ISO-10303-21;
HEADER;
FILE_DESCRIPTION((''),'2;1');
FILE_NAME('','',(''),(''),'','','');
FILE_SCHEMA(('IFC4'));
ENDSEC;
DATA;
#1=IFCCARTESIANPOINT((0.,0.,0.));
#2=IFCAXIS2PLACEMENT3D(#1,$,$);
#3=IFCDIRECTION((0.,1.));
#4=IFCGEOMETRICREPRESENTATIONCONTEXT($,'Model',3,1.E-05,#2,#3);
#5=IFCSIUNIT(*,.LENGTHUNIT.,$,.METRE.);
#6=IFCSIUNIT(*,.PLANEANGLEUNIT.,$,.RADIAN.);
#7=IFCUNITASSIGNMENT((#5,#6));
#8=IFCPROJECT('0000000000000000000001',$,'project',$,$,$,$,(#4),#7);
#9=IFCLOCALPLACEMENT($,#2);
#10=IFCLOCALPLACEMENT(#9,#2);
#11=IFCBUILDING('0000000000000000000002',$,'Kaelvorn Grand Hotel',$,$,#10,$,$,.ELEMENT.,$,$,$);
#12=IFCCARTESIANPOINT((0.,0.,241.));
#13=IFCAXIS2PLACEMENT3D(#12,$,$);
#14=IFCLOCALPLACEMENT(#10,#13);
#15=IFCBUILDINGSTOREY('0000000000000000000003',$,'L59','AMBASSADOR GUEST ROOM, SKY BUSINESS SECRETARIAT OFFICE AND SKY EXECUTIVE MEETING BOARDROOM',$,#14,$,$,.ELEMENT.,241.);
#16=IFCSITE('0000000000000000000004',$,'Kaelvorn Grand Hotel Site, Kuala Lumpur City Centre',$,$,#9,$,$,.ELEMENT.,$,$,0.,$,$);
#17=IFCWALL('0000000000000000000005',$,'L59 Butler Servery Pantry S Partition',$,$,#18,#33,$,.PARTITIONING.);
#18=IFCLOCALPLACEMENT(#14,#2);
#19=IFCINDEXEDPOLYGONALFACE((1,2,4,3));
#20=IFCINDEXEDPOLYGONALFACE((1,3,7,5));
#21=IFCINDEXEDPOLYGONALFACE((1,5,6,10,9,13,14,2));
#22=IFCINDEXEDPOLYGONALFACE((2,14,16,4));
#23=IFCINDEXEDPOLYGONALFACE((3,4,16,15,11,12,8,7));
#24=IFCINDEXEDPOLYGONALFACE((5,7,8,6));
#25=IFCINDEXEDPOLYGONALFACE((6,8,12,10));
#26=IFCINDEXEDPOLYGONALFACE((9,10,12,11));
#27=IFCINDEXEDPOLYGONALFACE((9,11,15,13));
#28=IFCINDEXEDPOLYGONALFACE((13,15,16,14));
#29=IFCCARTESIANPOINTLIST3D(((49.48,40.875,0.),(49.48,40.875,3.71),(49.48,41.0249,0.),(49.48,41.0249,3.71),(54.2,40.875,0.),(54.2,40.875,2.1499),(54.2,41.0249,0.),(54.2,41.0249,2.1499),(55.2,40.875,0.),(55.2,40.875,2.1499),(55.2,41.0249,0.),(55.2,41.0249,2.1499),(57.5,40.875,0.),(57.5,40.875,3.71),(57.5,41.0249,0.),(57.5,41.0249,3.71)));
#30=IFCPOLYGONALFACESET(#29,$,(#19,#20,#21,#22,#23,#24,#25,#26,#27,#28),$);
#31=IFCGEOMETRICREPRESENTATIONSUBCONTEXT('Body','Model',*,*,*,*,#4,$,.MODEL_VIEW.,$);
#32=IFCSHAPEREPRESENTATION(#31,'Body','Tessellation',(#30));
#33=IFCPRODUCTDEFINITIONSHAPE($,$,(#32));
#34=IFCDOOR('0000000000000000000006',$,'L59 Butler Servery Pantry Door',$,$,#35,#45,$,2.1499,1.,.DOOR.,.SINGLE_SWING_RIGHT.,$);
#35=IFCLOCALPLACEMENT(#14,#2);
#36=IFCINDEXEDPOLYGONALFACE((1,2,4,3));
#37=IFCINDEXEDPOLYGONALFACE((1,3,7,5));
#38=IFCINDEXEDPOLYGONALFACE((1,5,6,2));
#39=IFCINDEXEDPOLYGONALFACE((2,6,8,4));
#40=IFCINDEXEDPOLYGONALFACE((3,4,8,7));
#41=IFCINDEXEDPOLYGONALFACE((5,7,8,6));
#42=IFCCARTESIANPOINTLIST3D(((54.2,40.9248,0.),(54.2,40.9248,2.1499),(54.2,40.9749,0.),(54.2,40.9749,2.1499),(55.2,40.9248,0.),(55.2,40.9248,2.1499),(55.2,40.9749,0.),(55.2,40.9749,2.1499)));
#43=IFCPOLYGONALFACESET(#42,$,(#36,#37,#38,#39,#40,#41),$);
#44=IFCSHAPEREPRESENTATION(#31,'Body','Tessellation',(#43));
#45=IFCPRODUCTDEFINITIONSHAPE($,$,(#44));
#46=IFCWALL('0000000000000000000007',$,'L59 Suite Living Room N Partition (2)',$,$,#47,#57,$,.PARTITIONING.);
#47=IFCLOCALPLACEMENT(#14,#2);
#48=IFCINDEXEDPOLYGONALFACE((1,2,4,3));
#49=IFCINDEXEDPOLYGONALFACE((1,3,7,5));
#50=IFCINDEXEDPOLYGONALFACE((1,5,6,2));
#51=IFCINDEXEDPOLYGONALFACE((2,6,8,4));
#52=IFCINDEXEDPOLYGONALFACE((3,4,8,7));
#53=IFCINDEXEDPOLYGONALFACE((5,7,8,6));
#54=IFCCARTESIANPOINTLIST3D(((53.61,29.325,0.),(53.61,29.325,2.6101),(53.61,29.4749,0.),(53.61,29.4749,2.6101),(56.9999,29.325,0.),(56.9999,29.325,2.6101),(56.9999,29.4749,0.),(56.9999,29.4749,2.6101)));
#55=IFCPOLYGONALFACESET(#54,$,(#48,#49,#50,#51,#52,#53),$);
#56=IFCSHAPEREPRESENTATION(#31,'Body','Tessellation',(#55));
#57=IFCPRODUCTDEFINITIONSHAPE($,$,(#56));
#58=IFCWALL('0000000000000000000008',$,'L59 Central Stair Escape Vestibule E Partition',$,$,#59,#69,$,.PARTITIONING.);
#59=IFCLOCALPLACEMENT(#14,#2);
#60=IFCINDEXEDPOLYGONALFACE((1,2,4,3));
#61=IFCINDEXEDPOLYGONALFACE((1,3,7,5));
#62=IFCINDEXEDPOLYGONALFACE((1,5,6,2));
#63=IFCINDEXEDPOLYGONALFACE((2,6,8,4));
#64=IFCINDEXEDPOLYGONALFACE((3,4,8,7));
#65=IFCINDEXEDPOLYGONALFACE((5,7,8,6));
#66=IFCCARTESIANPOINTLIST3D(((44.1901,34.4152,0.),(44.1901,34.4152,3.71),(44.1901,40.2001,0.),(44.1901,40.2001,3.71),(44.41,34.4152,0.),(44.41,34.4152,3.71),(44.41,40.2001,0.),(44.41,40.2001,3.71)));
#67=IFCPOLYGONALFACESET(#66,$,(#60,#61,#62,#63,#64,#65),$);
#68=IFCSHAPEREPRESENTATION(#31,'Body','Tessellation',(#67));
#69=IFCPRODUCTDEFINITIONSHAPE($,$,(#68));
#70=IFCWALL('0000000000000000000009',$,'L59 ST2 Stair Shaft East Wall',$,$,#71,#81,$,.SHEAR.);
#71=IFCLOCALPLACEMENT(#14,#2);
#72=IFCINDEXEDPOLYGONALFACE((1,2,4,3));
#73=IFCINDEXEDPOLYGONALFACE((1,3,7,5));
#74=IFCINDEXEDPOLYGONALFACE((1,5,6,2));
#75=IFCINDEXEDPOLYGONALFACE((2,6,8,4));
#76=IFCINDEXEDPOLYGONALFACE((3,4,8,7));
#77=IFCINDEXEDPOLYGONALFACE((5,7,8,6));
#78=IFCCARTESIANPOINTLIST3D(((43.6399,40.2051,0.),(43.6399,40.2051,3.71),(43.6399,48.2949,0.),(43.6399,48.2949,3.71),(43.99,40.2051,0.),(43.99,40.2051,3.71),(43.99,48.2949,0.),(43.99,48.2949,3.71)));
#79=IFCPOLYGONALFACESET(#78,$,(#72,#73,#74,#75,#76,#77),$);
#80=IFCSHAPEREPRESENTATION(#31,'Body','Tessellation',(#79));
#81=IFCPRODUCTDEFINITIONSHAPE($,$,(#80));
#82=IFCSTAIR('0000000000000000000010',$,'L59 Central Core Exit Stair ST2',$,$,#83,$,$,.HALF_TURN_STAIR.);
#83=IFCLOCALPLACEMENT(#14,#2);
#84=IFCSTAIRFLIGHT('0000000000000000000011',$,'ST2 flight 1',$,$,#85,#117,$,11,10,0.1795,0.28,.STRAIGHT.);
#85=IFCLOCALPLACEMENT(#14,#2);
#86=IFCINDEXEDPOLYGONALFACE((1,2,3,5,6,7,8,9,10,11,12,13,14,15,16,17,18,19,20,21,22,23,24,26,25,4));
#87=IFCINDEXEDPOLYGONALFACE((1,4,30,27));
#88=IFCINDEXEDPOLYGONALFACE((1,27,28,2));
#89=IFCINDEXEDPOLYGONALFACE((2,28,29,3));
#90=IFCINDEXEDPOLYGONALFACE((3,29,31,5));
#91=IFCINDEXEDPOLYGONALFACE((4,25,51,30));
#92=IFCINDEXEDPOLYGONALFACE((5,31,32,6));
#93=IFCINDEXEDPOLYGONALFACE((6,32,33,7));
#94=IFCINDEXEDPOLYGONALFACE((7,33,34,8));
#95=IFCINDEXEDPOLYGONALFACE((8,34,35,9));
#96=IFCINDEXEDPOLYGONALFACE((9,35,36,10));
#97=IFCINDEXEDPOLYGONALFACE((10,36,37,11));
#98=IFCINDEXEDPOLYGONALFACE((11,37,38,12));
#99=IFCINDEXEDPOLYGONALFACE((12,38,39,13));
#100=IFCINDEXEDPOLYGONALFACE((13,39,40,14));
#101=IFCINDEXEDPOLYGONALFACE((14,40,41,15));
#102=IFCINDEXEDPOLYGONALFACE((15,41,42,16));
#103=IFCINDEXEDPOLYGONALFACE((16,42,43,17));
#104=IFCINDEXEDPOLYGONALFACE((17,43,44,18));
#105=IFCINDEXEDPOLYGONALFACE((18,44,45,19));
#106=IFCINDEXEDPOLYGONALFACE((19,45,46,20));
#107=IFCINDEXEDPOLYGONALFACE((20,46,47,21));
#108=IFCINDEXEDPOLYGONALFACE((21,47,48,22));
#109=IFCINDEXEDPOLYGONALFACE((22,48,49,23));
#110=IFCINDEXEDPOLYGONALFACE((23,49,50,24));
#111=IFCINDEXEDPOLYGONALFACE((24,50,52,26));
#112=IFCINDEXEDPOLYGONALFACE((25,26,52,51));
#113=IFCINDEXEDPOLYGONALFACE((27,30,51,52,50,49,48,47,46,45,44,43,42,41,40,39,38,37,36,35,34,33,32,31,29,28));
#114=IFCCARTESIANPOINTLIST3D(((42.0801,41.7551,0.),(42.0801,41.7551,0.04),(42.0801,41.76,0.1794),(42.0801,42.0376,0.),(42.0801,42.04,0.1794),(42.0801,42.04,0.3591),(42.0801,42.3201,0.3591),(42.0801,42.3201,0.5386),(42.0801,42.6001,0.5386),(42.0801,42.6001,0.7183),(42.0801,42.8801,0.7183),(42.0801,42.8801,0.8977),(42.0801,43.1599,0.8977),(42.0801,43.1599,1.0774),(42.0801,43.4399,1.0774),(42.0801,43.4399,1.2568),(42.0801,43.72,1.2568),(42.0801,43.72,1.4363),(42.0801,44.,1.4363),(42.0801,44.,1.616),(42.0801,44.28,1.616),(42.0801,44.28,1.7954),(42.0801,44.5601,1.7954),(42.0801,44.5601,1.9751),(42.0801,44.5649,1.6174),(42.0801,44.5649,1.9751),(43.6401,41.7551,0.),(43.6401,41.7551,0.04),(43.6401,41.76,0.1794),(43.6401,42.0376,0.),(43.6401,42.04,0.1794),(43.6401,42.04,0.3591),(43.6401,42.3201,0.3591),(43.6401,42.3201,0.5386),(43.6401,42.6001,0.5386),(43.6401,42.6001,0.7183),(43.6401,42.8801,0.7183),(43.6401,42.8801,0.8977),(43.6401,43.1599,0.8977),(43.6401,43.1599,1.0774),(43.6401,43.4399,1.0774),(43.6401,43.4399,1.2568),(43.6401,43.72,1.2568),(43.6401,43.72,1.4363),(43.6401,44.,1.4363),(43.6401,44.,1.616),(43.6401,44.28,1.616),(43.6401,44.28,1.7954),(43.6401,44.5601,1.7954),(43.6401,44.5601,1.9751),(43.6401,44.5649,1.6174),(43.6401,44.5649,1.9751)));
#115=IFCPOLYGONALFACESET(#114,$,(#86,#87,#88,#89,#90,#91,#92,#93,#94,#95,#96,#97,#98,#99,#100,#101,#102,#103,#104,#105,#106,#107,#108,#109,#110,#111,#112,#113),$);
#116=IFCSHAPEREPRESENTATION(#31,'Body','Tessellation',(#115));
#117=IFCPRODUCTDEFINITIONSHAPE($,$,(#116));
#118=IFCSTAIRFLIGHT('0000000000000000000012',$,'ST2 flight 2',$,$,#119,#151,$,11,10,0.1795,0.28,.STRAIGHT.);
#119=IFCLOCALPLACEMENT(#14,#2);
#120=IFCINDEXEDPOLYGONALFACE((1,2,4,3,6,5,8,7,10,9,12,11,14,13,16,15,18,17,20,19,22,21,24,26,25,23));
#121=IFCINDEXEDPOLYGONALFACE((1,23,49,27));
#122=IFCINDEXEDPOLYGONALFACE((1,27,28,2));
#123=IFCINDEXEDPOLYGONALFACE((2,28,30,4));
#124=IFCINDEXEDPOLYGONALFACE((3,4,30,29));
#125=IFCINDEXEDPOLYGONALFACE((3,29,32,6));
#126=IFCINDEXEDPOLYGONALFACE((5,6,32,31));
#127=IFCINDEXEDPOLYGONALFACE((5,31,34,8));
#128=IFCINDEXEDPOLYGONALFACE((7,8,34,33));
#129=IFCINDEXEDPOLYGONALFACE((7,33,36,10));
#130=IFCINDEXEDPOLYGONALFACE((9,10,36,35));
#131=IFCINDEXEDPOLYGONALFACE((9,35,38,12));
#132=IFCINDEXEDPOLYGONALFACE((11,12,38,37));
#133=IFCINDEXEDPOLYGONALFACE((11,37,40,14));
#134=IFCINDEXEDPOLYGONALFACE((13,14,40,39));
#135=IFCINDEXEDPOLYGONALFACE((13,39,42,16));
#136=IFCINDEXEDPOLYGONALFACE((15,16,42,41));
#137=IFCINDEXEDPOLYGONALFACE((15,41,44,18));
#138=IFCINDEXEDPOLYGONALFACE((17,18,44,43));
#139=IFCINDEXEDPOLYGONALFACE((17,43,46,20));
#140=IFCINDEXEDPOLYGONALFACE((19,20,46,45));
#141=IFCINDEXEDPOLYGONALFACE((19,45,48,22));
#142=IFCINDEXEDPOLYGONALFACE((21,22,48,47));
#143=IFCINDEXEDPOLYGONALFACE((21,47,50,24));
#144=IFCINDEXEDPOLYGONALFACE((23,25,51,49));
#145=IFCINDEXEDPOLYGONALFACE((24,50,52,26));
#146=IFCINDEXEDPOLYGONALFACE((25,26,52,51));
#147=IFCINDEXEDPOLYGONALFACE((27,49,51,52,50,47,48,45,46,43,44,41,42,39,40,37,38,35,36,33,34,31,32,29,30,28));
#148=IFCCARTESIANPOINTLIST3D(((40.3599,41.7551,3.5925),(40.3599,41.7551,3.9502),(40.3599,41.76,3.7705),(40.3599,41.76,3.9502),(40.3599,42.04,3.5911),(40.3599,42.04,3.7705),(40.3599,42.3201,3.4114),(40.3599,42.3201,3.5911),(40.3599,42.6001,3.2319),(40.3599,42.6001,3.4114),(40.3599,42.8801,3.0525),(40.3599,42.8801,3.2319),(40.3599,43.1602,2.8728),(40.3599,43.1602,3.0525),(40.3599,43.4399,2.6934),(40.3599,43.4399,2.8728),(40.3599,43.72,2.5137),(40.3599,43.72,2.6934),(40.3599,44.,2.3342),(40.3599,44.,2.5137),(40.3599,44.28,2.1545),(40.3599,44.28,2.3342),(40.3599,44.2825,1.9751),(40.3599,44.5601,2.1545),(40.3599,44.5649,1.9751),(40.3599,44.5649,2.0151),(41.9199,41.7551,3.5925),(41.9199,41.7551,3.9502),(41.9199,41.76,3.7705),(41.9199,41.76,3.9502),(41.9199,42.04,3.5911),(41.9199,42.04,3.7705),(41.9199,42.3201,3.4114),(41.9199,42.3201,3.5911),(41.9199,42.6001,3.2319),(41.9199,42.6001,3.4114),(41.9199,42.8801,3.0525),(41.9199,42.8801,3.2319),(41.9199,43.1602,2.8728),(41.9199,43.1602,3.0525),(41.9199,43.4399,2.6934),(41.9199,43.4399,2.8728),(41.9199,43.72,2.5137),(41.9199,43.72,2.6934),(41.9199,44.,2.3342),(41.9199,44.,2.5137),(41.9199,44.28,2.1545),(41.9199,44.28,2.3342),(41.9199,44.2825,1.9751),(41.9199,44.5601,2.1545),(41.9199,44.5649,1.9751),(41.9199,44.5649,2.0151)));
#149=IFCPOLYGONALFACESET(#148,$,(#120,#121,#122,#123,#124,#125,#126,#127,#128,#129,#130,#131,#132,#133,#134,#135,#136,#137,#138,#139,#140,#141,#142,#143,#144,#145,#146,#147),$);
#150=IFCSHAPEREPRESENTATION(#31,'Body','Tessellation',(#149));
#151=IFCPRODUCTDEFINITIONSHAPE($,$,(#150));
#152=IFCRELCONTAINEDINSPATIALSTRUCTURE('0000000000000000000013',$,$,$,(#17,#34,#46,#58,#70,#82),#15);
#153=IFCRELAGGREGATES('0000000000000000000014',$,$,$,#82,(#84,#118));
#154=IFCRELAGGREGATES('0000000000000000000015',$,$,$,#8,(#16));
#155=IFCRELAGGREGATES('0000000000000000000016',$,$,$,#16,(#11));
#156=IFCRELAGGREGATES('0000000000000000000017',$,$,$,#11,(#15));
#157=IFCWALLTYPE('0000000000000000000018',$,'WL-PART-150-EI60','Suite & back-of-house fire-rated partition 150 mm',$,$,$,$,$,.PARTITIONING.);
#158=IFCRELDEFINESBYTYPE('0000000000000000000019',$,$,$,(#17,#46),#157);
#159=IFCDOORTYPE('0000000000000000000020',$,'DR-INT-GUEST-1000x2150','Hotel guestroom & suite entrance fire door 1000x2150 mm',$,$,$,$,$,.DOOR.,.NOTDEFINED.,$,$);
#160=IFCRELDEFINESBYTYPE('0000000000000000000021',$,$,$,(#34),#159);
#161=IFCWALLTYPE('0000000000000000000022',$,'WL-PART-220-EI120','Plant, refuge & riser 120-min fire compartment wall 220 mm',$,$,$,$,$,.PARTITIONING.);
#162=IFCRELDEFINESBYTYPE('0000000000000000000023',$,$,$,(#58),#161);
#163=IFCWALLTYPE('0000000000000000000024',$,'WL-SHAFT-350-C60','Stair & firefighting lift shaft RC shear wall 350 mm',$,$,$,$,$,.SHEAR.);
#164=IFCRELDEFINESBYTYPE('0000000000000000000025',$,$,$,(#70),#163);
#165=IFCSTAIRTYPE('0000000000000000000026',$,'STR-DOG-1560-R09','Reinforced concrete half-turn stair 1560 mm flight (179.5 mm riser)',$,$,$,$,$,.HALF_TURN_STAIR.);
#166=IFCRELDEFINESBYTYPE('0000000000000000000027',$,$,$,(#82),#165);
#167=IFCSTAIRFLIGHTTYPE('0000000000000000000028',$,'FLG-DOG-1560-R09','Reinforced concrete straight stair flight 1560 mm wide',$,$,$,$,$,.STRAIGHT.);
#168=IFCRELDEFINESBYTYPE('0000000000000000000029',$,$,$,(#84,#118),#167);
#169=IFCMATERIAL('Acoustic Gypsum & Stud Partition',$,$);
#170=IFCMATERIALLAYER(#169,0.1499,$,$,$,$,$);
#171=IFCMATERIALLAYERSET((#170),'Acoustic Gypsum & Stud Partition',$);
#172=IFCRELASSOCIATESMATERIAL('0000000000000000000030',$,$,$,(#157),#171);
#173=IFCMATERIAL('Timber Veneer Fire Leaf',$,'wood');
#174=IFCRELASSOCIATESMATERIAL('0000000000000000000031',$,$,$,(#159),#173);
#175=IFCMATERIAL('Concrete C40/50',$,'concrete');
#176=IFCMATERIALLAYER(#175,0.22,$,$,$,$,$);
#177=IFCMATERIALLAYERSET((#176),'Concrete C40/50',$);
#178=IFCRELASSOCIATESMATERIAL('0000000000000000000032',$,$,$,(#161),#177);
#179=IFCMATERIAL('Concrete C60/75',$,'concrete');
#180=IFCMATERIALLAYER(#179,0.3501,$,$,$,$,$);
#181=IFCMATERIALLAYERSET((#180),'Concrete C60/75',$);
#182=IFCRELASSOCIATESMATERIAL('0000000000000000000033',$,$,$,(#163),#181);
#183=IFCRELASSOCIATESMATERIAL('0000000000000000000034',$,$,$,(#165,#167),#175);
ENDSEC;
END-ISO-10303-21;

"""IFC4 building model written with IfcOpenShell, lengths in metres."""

from ifc_helpers import new_model, si_unit, direction, frame, frame_2d, origin, place, context, subcontext, project, spatial, polyline, rectangle, outline, extrude, material, layer, layer_set, type_object, element, fill, aggregate, save


model = new_model("IFC4")

# Units and contexts
model_context = context("Model", 3, precision=1e-05, world=origin(), true_north=direction((0.0, 1.0)))
body_context = subcontext(model_context, "Body", "Model", "MODEL_VIEW")
ifc_project = project(units=[si_unit("LENGTHUNIT", "METRE"), si_unit("PLANEANGLEUNIT", "RADIAN")], contexts=[model_context])

# Site, building, storey
site_placement = place(None, origin())
site = spatial("IfcSite", under=ifc_project, at=site_placement, Name="Kaelvorn Grand Hotel Site, Kuala Lumpur City Centre", CompositionType="ELEMENT", RefElevation=0.0)
building_placement = place(site_placement, origin())
building = spatial("IfcBuilding", under=site, at=building_placement, Name="Kaelvorn Grand Hotel", CompositionType="ELEMENT")
storey_placement = place(building_placement, frame((0.0, 0.0, 241.0)))
storey = spatial("IfcBuildingStorey", under=building, at=storey_placement, Name="L59", Description="AMBASSADOR GUEST ROOM, SKY BUSINESS SECRETARIAT OFFICE AND SKY EXECUTIVE MEETING BOARDROOM", CompositionType="ELEMENT", Elevation=241.0)

# Shared definitions
ifc_material_1 = material(Name="Acoustic Gypsum & Stud Partition")
ifc_layer_1 = layer(ifc_material_1, 0.1499)
ifc_layer_set_1 = layer_set([ifc_layer_1], Name="Acoustic Gypsum & Stud Partition")
wall_type_1 = type_object("IfcWallType", Name="WL-PART-150-EI60", Description="Suite & back-of-house fire-rated partition 150 mm", PredefinedType="PARTITIONING", material=ifc_layer_set_1)
ifc_material_2 = material(Name="Timber Veneer Fire Leaf", Category="wood")
door_type_1 = type_object("IfcDoorType", Name="DR-INT-GUEST-1000x2150", Description="Hotel guestroom & suite entrance fire door 1000x2150 mm", OperationType="NOTDEFINED", PredefinedType="DOOR", material=ifc_material_2)

# Wall, opening, door
wall_1_placement = place(storey_placement, frame((49.48, 40.95, 0.0), z_axis=(0.0, 0.0, 1.0), x_axis=(1.0, 0.0, 0.0)))
wall_1 = element("IfcWall", 1, at=wall_1_placement, inside=storey, type_object=wall_type_1, Name="L59 Butler Servery Pantry S Partition", PredefinedType="PARTITIONING", context=body_context, shape_type="SweptSolid", body=[
    extrude(rectangle(XDim=8.02, YDim=0.1499, at=frame_2d((4.01, 0.0))), origin(), (0.0, 0.0, 1.0), 3.71),
])
opening_1_placement = place(wall_1_placement, frame((4.72, 0.0, 0.0)))
opening_1 = element("IfcOpeningElement", 2, at=opening_1_placement, cuts=wall_1, PredefinedType="OPENING", context=body_context, shape_type="SweptSolid", body=[
    extrude(rectangle(XDim=1.0, YDim=2.1499, at=frame_2d((0.5, 1.075))), frame((0.0, 0.085, 0.0), z_axis=(0.0, -1.0, 0.0), x_axis=(1.0, 0.0, 0.0)), (0.0, 0.0, 1.0), 0.1699),
])
door_1_placement = place(opening_1_placement, origin())
door_1 = element("IfcDoor", 3, at=door_1_placement, inside=storey, type_object=door_type_1, Name="L59 Butler Servery Pantry Door", OperationType="SINGLE_SWING_RIGHT", OverallHeight=2.1499, OverallWidth=1.0, PredefinedType="DOOR", context=body_context, shape_type="SweptSolid", body=[
    extrude(rectangle(XDim=1.0, YDim=2.1499, at=frame_2d((0.5, 1.075))), frame((0.0, 0.0249, 0.0), z_axis=(0.0, -1.0, 0.0), x_axis=(1.0, 0.0, 0.0)), (0.0, 0.0, 1.0), 0.05),
])
fill(opening_1, door_1)

# Walls
wall_2_placement = place(storey_placement, frame((53.6101, 29.3999, 0.0), z_axis=(0.0, 0.0, 1.0), x_axis=(1.0, 0.0, 0.0)))
element("IfcWall", 4, at=wall_2_placement, inside=storey, type_object=wall_type_1, Name="L59 Suite Living Room N Partition (2)", PredefinedType="PARTITIONING", context=body_context, shape_type="SweptSolid", body=[
    extrude(rectangle(XDim=3.3899, YDim=0.1499, at=frame_2d((1.6948, 0.0))), origin(), (0.0, 0.0, 1.0), 2.6101),
])
ifc_material_3 = material(Name="Concrete C40/50", Category="concrete")
ifc_layer_2 = layer(ifc_material_3, 0.22)
ifc_layer_set_2 = layer_set([ifc_layer_2], Name="Concrete C40/50")
wall_type_2 = type_object("IfcWallType", Name="WL-PART-220-EI120", Description="Plant, refuge & riser 120-min fire compartment wall 220 mm", PredefinedType="PARTITIONING", material=ifc_layer_set_2)
wall_3_placement = place(storey_placement, frame((44.3, 34.415, 0.0), z_axis=(0.0, 0.0, 1.0), x_axis=(0.0, 1.0, 0.0)))
element("IfcWall", 5, at=wall_3_placement, inside=storey, type_object=wall_type_2, Name="L59 Central Stair Escape Vestibule E Partition", PredefinedType="PARTITIONING", context=body_context, shape_type="SweptSolid", body=[
    extrude(rectangle(XDim=5.7849, YDim=0.22, at=frame_2d((2.8926, 0.0))), origin(), (0.0, 0.0, 1.0), 3.71),
])
ifc_material_4 = material(Name="Concrete C60/75", Category="concrete")
ifc_layer_3 = layer(ifc_material_4, 0.3501)
ifc_layer_set_3 = layer_set([ifc_layer_3], Name="Concrete C60/75")
wall_type_3 = type_object("IfcWallType", Name="WL-SHAFT-350-C60", Description="Stair & firefighting lift shaft RC shear wall 350 mm", PredefinedType="SHEAR", material=ifc_layer_set_3)
wall_4_placement = place(storey_placement, frame((43.8149, 40.2051, 0.0), z_axis=(0.0, 0.0, 1.0), x_axis=(0.0, 1.0, 0.0)))
element("IfcWall", 6, at=wall_4_placement, inside=storey, type_object=wall_type_3, Name="L59 ST2 Stair Shaft East Wall", PredefinedType="SHEAR", context=body_context, shape_type="SweptSolid", body=[
    extrude(rectangle(XDim=8.0898, YDim=0.3501, at=frame_2d((4.0449, 0.0))), origin(), (0.0, 0.0, 1.0), 3.71),
])

# Stair, stair flights
stair_type = type_object("IfcStairType", Name="STR-DOG-1560-R09", Description="Reinforced concrete half-turn stair 1560 mm flight (179.5 mm riser)", PredefinedType="HALF_TURN_STAIR", material=ifc_material_3)
stair_placement = place(storey_placement, origin())
stair = element("IfcStair", 7, at=stair_placement, inside=storey, type_object=stair_type, Name="L59 Central Core Exit Stair ST2", PredefinedType="HALF_TURN_STAIR")
stair_flight_type = type_object("IfcStairFlightType", Name="FLG-DOG-1560-R09", Description="Reinforced concrete straight stair flight 1560 mm wide", PredefinedType="STRAIGHT", material=ifc_material_3)
stair_flight_1_placement = place(storey_placement, frame((42.8601, 41.76, 0.0), z_axis=(0.0, 0.0, 1.0), x_axis=(0.0, 1.0, 0.0)))
stair_flight_1 = element("IfcStairFlight", 8, at=stair_flight_1_placement, type_object=stair_flight_type, Name="ST2 flight 1", NumberOfRisers=11, NumberOfTreads=10, PredefinedType="STRAIGHT", RiserHeight=0.1795, TreadLength=0.28, context=body_context, shape_type="SweptSolid", body=[
    extrude(outline(polyline([(-0.0049, 0.0), (-0.0049, 0.04), (0.0, 0.1794), (0.28, 0.1794), (0.28, 0.3591), (0.5601, 0.3591), (0.5601, 0.5386), (0.8401, 0.5386), (0.8401, 0.7183), (1.1201, 0.7183), (1.1201, 0.8977), (1.3999, 0.8977), (1.3999, 1.0774), (1.6799, 1.0774), (1.6799, 1.2568), (1.96, 1.2568), (1.96, 1.4363), (2.24, 1.4363), (2.24, 1.616), (2.52, 1.616), (2.52, 1.7954), (2.8, 1.7954), (2.8, 1.9751), (2.8049, 1.9751), (2.8049, 1.6174), (0.2776, 0.0), (-0.0049, 0.0)])), frame((0.0, 0.78, 0.0), z_axis=(0.0, -1.0, 0.0), x_axis=(1.0, 0.0, 0.0)), (0.0, 0.0, 1.0), 1.5601),
])
stair_flight_2_placement = place(storey_placement, frame((41.1399, 44.5601, 1.9751), z_axis=(0.0, 0.0, 1.0), x_axis=(0.0, -1.0, 0.0)))
stair_flight_2 = element("IfcStairFlight", 9, at=stair_flight_2_placement, type_object=stair_flight_type, Name="ST2 flight 2", NumberOfRisers=11, NumberOfTreads=10, PredefinedType="STRAIGHT", RiserHeight=0.1795, TreadLength=0.28, context=body_context, shape_type="SweptSolid", body=[
    extrude(outline(polyline([(-0.0049, 0.0), (-0.0049, 0.04), (0.0, 0.1794), (0.28, 0.1794), (0.28, 0.3591), (0.5601, 0.3591), (0.5601, 0.5386), (0.8401, 0.5386), (0.8401, 0.7183), (1.1201, 0.7183), (1.1201, 0.8977), (1.3999, 0.8977), (1.3999, 1.0774), (1.6799, 1.0774), (1.6799, 1.2568), (1.96, 1.2568), (1.96, 1.4363), (2.24, 1.4363), (2.24, 1.616), (2.52, 1.616), (2.52, 1.7954), (2.8, 1.7954), (2.8, 1.9751), (2.8049, 1.9751), (2.8049, 1.6174), (0.2776, 0.0), (-0.0049, 0.0)])), frame((0.0, 0.78, 0.0), z_axis=(0.0, -1.0, 0.0), x_axis=(1.0, 0.0, 0.0)), (0.0, 0.0, 1.0), 1.5601),
])
aggregate(stair, [stair_flight_1, stair_flight_2])

save(model, "model.ifc")
